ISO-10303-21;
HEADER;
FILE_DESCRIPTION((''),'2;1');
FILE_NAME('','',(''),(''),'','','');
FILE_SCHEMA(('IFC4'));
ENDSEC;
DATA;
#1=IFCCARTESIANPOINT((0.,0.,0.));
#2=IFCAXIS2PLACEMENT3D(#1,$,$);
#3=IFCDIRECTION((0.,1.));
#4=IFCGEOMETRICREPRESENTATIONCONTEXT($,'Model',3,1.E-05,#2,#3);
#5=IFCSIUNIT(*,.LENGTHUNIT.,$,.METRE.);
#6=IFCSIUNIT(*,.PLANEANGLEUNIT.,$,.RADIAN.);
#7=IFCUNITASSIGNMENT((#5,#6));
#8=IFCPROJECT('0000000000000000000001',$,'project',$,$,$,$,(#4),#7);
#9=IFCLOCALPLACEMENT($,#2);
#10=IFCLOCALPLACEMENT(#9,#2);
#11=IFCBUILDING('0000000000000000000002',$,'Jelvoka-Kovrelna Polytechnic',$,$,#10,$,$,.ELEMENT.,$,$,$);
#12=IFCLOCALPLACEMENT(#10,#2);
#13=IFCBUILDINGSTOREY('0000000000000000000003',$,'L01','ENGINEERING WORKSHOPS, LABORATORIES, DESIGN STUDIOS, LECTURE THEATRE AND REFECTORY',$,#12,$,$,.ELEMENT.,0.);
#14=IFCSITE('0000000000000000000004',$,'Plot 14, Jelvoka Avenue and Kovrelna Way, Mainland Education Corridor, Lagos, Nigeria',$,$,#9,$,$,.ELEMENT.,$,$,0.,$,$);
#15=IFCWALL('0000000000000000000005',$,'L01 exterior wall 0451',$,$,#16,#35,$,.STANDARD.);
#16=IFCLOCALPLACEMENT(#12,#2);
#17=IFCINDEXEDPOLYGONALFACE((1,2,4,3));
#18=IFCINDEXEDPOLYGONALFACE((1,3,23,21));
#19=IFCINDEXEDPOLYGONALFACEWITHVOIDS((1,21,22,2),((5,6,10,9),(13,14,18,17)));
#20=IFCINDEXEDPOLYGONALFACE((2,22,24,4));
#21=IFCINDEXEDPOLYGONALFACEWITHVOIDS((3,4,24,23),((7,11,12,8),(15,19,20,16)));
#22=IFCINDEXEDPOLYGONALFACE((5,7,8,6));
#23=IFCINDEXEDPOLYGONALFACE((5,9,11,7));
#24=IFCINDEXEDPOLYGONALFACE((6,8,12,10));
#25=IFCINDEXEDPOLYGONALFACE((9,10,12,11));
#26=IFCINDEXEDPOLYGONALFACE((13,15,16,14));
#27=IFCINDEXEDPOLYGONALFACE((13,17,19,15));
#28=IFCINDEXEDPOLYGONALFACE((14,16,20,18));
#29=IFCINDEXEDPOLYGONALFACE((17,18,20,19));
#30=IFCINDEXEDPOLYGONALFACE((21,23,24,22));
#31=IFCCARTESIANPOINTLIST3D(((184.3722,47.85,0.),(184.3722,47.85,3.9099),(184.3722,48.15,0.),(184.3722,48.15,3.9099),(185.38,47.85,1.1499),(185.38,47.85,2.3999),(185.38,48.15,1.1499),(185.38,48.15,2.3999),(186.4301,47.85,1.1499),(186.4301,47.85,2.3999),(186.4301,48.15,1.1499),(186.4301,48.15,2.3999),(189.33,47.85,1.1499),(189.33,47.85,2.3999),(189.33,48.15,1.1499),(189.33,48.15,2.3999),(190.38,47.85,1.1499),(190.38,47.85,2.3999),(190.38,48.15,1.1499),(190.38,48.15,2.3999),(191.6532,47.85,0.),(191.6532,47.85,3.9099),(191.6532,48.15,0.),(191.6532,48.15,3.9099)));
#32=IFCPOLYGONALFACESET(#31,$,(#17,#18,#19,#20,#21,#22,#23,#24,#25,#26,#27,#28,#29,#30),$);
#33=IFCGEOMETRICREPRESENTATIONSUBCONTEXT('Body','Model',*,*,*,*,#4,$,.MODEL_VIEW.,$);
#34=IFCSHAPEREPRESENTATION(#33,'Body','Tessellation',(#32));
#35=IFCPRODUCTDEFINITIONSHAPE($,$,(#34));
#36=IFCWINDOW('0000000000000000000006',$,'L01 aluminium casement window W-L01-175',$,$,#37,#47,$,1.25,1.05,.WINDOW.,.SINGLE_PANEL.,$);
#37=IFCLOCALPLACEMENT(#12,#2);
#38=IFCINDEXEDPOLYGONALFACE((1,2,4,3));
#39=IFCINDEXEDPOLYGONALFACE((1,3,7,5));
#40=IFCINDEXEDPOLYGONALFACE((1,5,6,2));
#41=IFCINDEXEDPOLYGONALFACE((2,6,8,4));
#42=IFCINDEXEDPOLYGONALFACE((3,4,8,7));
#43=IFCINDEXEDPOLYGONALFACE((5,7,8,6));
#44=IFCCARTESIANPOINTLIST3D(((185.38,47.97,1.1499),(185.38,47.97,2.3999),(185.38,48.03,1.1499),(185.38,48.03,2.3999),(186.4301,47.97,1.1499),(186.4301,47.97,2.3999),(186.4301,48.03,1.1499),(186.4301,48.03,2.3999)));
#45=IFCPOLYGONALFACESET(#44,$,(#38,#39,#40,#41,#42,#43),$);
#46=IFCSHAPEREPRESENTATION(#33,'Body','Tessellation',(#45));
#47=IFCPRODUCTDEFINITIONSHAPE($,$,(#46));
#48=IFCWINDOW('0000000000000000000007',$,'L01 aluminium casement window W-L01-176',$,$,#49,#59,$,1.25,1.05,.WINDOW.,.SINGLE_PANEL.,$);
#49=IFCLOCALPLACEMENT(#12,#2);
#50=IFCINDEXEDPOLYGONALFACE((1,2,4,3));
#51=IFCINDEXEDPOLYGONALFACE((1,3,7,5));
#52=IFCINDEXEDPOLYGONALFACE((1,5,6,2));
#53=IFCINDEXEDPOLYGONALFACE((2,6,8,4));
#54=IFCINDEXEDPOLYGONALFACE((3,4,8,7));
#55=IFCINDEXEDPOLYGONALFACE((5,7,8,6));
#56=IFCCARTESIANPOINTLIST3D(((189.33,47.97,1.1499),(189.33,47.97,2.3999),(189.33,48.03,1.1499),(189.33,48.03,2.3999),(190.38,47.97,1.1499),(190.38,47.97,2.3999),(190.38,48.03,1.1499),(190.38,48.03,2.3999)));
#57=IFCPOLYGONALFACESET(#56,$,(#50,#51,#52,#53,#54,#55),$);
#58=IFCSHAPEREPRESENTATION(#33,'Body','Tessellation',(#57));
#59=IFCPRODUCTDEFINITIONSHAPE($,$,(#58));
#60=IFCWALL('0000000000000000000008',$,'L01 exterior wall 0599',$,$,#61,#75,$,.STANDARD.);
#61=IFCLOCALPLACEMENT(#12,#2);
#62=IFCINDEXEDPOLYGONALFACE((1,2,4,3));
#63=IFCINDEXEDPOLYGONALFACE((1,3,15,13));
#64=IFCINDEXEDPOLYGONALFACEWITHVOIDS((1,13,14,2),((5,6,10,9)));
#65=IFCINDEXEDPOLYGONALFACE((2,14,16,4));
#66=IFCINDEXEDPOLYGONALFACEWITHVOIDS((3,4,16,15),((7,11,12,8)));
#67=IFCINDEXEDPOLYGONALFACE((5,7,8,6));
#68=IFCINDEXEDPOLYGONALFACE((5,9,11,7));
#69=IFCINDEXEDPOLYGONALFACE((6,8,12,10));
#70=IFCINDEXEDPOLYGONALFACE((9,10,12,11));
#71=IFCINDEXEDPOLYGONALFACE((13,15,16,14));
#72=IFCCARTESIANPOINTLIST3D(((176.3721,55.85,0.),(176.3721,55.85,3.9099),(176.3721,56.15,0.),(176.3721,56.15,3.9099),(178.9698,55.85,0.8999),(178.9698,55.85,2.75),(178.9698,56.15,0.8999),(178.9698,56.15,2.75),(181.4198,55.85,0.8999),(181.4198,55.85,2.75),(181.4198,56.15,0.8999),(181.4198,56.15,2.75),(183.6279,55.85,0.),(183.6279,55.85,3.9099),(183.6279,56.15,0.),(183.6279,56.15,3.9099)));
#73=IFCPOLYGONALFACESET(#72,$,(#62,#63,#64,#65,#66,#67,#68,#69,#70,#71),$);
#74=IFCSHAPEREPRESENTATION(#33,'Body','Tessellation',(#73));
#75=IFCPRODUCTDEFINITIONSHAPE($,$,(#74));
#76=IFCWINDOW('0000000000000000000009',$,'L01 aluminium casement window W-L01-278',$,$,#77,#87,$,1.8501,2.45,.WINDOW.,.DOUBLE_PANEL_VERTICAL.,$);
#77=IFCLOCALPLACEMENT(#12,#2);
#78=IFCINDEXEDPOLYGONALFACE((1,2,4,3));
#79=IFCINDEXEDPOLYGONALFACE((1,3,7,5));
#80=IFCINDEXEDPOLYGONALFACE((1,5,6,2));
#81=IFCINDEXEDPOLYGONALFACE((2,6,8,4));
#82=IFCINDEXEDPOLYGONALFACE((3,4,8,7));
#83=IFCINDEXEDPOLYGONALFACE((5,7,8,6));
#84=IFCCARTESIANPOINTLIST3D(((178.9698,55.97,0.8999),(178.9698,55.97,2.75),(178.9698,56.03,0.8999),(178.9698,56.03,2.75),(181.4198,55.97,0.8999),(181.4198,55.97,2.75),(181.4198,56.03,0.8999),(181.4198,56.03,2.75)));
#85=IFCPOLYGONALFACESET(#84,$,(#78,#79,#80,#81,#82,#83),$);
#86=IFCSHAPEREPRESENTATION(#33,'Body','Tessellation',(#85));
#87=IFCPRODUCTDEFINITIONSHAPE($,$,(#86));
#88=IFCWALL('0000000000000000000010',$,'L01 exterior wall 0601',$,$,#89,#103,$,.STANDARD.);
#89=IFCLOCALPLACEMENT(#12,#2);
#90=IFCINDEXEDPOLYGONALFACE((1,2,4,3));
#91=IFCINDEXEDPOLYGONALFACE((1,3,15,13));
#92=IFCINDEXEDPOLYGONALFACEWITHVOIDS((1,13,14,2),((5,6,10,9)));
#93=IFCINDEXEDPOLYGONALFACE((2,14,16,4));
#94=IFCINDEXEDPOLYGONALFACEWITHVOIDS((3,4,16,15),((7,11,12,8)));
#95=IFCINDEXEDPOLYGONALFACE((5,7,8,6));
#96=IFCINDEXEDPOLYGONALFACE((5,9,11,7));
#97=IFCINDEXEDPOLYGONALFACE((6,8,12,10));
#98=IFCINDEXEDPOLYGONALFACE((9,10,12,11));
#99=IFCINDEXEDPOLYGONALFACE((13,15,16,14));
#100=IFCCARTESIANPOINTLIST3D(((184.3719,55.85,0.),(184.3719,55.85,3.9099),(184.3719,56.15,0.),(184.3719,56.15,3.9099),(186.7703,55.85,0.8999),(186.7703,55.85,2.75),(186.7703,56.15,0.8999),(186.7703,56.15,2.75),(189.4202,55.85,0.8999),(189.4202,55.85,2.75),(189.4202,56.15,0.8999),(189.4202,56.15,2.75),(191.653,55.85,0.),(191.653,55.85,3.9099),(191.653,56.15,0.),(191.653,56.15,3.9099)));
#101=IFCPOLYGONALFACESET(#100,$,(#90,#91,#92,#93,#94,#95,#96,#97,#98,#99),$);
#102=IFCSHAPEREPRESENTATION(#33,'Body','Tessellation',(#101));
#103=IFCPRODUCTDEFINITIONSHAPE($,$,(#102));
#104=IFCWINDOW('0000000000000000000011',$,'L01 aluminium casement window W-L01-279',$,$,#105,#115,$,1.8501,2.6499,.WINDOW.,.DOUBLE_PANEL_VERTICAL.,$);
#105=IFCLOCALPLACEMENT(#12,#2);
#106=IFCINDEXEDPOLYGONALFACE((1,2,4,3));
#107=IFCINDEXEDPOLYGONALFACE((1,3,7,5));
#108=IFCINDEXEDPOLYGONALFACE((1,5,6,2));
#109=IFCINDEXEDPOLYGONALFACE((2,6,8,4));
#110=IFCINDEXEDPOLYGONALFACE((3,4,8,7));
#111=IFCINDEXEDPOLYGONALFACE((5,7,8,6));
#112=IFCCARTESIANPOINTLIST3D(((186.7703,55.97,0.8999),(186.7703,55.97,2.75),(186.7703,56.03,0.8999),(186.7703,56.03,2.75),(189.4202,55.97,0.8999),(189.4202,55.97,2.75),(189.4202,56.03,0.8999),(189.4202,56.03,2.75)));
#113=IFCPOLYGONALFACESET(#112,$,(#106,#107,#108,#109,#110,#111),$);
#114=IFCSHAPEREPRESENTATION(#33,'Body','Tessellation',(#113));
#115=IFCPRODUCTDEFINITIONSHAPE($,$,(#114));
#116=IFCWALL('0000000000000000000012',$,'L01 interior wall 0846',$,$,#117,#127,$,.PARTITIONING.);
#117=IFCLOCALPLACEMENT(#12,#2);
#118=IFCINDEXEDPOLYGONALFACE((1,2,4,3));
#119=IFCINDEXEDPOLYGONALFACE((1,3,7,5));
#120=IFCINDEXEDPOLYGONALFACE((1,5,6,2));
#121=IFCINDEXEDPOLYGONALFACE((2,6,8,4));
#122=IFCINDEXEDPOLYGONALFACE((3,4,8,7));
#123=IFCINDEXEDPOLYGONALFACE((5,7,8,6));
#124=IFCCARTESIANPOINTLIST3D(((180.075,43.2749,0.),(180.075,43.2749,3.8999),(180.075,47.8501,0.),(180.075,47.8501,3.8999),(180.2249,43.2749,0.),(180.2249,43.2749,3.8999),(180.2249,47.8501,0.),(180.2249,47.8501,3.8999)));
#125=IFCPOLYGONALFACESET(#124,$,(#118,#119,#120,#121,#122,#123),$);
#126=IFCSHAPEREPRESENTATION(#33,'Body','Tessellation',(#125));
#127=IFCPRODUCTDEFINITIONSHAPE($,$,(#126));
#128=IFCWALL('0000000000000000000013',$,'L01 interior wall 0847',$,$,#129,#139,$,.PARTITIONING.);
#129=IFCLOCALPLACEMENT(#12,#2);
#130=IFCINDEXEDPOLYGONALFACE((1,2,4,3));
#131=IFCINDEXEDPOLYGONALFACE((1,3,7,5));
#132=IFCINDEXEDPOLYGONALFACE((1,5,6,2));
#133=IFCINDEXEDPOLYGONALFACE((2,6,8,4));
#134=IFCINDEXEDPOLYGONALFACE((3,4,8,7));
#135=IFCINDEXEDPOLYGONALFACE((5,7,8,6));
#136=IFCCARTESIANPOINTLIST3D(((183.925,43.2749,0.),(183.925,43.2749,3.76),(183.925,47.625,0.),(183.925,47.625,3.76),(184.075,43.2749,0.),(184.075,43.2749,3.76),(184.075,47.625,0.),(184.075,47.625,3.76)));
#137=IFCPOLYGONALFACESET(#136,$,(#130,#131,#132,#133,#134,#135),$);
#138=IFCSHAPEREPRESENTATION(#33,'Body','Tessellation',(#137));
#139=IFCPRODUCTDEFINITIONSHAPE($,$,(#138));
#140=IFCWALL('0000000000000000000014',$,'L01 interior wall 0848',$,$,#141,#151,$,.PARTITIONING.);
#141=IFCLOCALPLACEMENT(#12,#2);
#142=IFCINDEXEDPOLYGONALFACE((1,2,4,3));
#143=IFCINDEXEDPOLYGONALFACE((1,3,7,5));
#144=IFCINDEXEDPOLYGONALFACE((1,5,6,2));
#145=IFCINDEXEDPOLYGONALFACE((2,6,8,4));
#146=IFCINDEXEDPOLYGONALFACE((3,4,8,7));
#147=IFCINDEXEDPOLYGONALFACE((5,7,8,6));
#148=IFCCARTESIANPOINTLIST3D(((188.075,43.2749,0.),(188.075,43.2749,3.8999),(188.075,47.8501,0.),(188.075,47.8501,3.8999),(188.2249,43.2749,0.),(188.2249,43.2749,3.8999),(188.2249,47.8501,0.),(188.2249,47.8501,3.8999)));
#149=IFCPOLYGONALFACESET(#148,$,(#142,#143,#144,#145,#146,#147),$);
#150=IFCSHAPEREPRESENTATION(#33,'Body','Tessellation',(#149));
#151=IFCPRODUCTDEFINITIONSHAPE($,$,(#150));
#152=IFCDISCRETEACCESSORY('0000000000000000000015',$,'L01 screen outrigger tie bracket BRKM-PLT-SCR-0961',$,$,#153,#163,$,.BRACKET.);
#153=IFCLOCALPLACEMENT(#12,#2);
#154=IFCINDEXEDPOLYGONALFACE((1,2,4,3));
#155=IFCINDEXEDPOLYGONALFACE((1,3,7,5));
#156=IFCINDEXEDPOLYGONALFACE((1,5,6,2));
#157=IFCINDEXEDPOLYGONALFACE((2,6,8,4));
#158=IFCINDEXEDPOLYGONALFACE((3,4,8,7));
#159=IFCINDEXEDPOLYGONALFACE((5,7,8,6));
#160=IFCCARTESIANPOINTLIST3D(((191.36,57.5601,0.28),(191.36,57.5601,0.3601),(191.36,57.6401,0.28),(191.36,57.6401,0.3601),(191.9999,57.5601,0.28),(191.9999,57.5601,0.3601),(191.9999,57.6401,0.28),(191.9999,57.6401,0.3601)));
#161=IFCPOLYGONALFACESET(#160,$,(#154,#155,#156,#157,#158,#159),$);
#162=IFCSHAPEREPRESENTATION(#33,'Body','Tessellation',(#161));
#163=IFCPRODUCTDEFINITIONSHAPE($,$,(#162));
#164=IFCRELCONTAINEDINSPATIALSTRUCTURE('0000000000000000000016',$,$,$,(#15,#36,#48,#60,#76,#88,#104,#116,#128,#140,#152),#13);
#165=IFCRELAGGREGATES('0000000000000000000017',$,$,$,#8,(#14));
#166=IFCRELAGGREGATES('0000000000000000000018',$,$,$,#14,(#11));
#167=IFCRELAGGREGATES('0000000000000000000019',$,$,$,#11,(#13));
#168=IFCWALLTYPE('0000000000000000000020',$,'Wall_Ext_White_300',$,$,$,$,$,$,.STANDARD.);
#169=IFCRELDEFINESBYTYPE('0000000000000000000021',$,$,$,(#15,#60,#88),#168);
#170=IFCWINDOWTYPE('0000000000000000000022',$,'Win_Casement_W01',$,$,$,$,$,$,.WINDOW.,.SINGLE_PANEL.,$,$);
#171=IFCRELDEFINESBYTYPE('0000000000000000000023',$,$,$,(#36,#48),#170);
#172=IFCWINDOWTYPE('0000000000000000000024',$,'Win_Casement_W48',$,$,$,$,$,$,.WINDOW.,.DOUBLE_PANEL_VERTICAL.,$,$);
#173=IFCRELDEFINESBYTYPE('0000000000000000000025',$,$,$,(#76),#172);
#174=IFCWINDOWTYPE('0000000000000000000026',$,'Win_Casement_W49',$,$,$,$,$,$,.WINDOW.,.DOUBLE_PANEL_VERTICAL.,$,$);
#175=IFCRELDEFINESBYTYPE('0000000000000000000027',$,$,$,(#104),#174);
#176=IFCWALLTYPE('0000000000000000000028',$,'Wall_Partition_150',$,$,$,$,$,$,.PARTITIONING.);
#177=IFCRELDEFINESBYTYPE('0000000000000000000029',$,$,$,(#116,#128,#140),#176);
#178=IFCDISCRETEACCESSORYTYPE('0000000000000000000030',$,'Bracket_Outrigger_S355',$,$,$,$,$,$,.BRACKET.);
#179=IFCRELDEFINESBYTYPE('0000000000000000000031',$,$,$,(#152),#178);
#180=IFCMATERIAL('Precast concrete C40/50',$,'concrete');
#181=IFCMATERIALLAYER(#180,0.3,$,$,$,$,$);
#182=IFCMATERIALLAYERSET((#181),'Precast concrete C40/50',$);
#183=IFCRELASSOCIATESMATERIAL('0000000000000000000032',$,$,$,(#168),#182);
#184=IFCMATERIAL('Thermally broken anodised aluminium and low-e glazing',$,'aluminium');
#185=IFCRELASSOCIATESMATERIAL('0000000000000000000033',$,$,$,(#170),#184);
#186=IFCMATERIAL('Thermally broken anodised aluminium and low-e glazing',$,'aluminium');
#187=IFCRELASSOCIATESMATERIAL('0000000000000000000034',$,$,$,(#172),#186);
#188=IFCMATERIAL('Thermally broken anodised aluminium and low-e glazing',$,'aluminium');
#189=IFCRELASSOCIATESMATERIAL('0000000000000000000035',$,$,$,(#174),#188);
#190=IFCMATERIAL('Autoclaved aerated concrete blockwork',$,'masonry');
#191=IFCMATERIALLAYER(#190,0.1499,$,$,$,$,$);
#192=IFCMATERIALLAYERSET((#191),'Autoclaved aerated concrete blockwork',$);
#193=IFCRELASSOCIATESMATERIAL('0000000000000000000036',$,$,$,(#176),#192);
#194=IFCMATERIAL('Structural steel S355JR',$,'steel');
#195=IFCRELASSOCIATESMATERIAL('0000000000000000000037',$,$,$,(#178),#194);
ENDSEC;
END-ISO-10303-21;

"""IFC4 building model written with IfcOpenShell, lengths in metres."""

from ifc_helpers import new_model, si_unit, direction, frame, frame_2d, origin, origin_2d, place, context, subcontext, project, spatial, rectangle, extrude, material, layer, layer_set, type_object, element, fill, save


model = new_model("IFC4")

# Units and contexts
model_context = context("Model", 3, precision=1e-05, world=origin(), true_north=direction((0.0, 1.0)))
body_context = subcontext(model_context, "Body", "Model", "MODEL_VIEW")
ifc_project = project(units=[si_unit("LENGTHUNIT", "METRE"), si_unit("PLANEANGLEUNIT", "RADIAN")], contexts=[model_context])

# Site, building, storey
site_placement = place(None, origin())
site = spatial("IfcSite", under=ifc_project, at=site_placement, Name="Plot 14, Jelvoka Avenue and Kovrelna Way, Mainland Education Corridor, Lagos, Nigeria", CompositionType="ELEMENT", RefElevation=0.0)
building_placement = place(site_placement, origin())
building = spatial("IfcBuilding", under=site, at=building_placement, Name="Jelvoka-Kovrelna Polytechnic", CompositionType="ELEMENT")
storey_placement = place(building_placement, origin())
storey = spatial("IfcBuildingStorey", under=building, at=storey_placement, Name="L01", Description="ENGINEERING WORKSHOPS, LABORATORIES, DESIGN STUDIOS, LECTURE THEATRE AND REFECTORY", CompositionType="ELEMENT", Elevation=0.0)

# Wall, openings, windows
ifc_material_1 = material(Name="Precast concrete C40/50", Category="concrete")
ifc_layer_1 = layer(ifc_material_1, 0.3)
ifc_layer_set_1 = layer_set([ifc_layer_1], Name="Precast concrete C40/50")
wall_type_1 = type_object("IfcWallType", Name="Wall_Ext_White_300", PredefinedType="STANDARD", material=ifc_layer_set_1)
wall_1_placement = place(storey_placement, frame((184.3721, 48.0, 0.0), z_axis=(0.0, 0.0, 1.0), x_axis=(1.0, 0.0, 0.0)))
wall_1 = element("IfcWall", 1, at=wall_1_placement, inside=storey, type_object=wall_type_1, Name="L01 exterior wall 0451", PredefinedType="STANDARD", context=body_context, shape_type="SweptSolid", body=[
    extrude(rectangle(XDim=7.281, YDim=0.3, at=frame_2d((3.6406, 0.0))), origin(), (0.0, 0.0, 1.0), 3.9099),
])
opening_1_placement = place(wall_1_placement, frame((1.0081, 0.0, 1.1499)))
opening_1 = element("IfcOpeningElement", 2, at=opening_1_placement, cuts=wall_1, PredefinedType="OPENING", context=body_context, shape_type="SweptSolid", body=[
    extrude(rectangle(XDim=1.05, YDim=1.25, at=frame_2d((0.5249, 0.625))), frame((0.0, 0.1599, 0.0), z_axis=(0.0, -1.0, 0.0), x_axis=(1.0, 0.0, 0.0)), (0.0, 0.0, 1.0), 0.3201),
])
opening_2_placement = place(wall_1_placement, frame((4.958, 0.0, 1.1499)))
opening_2 = element("IfcOpeningElement", 3, at=opening_2_placement, cuts=wall_1, PredefinedType="OPENING", context=body_context, shape_type="SweptSolid", body=[
    extrude(rectangle(XDim=1.05, YDim=1.25, at=frame_2d((0.5249, 0.625))), frame((0.0, 0.1599, 0.0), z_axis=(0.0, -1.0, 0.0), x_axis=(1.0, 0.0, 0.0)), (0.0, 0.0, 1.0), 0.3201),
])
ifc_material_2 = material(Name="Thermally broken anodised aluminium and low-e glazing", Category="aluminium")
window_type_1 = type_object("IfcWindowType", Name="Win_Casement_W01", PartitioningType="SINGLE_PANEL", PredefinedType="WINDOW", material=ifc_material_2)
window_1_placement = place(opening_1_placement, origin())
window_1 = element("IfcWindow", 4, at=window_1_placement, inside=storey, type_object=window_type_1, Name="L01 aluminium casement window W-L01-175", OverallHeight=1.25, OverallWidth=1.05, PartitioningType="SINGLE_PANEL", PredefinedType="WINDOW", context=body_context, shape_type="SweptSolid", body=[
    extrude(rectangle(XDim=1.05, YDim=1.25, at=frame_2d((0.5249, 0.625))), frame((0.0, 0.03, 0.0), z_axis=(0.0, -1.0, 0.0), x_axis=(1.0, 0.0, 0.0)), (0.0, 0.0, 1.0), 0.0601),
])
fill(opening_1, window_1)
window_2_placement = place(opening_2_placement, origin())
window_2 = element("IfcWindow", 5, at=window_2_placement, inside=storey, type_object=window_type_1, Name="L01 aluminium casement window W-L01-176", OverallHeight=1.25, OverallWidth=1.05, PartitioningType="SINGLE_PANEL", PredefinedType="WINDOW", context=body_context, shape_type="SweptSolid", body=[
    extrude(rectangle(XDim=1.05, YDim=1.25, at=frame_2d((0.5249, 0.625))), frame((0.0, 0.03, 0.0), z_axis=(0.0, -1.0, 0.0), x_axis=(1.0, 0.0, 0.0)), (0.0, 0.0, 1.0), 0.0601),
])
fill(opening_2, window_2)

# Walls, openings, windows
wall_2_placement = place(storey_placement, frame((183.6279, 56.0, 0.0), z_axis=(0.0, 0.0, 1.0), x_axis=(-1.0, 0.0, 0.0)))
wall_2 = element("IfcWall", 6, at=wall_2_placement, inside=storey, type_object=wall_type_1, Name="L01 exterior wall 0599", PredefinedType="STANDARD", context=body_context, shape_type="SweptSolid", body=[
    extrude(rectangle(XDim=7.2559, YDim=0.3, at=frame_2d((3.6279, 0.0))), origin(), (0.0, 0.0, 1.0), 3.9099),
])
opening_3_placement = place(wall_2_placement, frame((2.208, 0.0, 0.8999)))
opening_3 = element("IfcOpeningElement", 7, at=opening_3_placement, cuts=wall_2, PredefinedType="OPENING", context=body_context, shape_type="SweptSolid", body=[
    extrude(rectangle(XDim=2.45, YDim=1.8501, at=frame_2d((1.2251, 0.925))), frame((0.0, 0.1599, 0.0), z_axis=(0.0, -1.0, 0.0), x_axis=(1.0, 0.0, 0.0)), (0.0, 0.0, 1.0), 0.3201),
])
ifc_material_3 = material(Name="Thermally broken anodised aluminium and low-e glazing", Category="aluminium")
window_type_2 = type_object("IfcWindowType", Name="Win_Casement_W48", PartitioningType="DOUBLE_PANEL_VERTICAL", PredefinedType="WINDOW", material=ifc_material_3)
window_3_placement = place(opening_3_placement, origin())
window_3 = element("IfcWindow", 8, at=window_3_placement, inside=storey, type_object=window_type_2, Name="L01 aluminium casement window W-L01-278", OverallHeight=1.8501, OverallWidth=2.45, PartitioningType="DOUBLE_PANEL_VERTICAL", PredefinedType="WINDOW", context=body_context, shape_type="SweptSolid", body=[
    extrude(rectangle(XDim=2.45, YDim=1.8501, at=frame_2d((1.2251, 0.925))), frame((0.0, 0.03, 0.0), z_axis=(0.0, -1.0, 0.0), x_axis=(1.0, 0.0, 0.0)), (0.0, 0.0, 1.0), 0.0601),
])
fill(opening_3, window_3)
wall_3_placement = place(storey_placement, frame((191.6531, 56.0, 0.0), z_axis=(0.0, 0.0, 1.0), x_axis=(-1.0, 0.0, 0.0)))
wall_3 = element("IfcWall", 9, at=wall_3_placement, inside=storey, type_object=wall_type_1, Name="L01 exterior wall 0601", PredefinedType="STANDARD", context=body_context, shape_type="SweptSolid", body=[
    extrude(rectangle(XDim=7.281, YDim=0.3, at=frame_2d((3.6406, 0.0))), origin(), (0.0, 0.0, 1.0), 3.9099),
])
opening_4_placement = place(wall_3_placement, frame((2.2329, 0.0, 0.8999)))
opening_4 = element("IfcOpeningElement", 10, at=opening_4_placement, cuts=wall_3, PredefinedType="OPENING", context=body_context, shape_type="SweptSolid", body=[
    extrude(rectangle(XDim=2.6499, YDim=1.8501, at=frame_2d((1.325, 0.925))), frame((0.0, 0.1599, 0.0), z_axis=(0.0, -1.0, 0.0), x_axis=(1.0, 0.0, 0.0)), (0.0, 0.0, 1.0), 0.3201),
])
ifc_material_4 = material(Name="Thermally broken anodised aluminium and low-e glazing", Category="aluminium")
window_type_3 = type_object("IfcWindowType", Name="Win_Casement_W49", PartitioningType="DOUBLE_PANEL_VERTICAL", PredefinedType="WINDOW", material=ifc_material_4)
window_4_placement = place(opening_4_placement, origin())
window_4 = element("IfcWindow", 11, at=window_4_placement, inside=storey, type_object=window_type_3, Name="L01 aluminium casement window W-L01-279", OverallHeight=1.8501, OverallWidth=2.6499, PartitioningType="DOUBLE_PANEL_VERTICAL", PredefinedType="WINDOW", context=body_context, shape_type="SweptSolid", body=[
    extrude(rectangle(XDim=2.6499, YDim=1.8501, at=frame_2d((1.325, 0.925))), frame((0.0, 0.03, 0.0), z_axis=(0.0, -1.0, 0.0), x_axis=(1.0, 0.0, 0.0)), (0.0, 0.0, 1.0), 0.0601),
])
fill(opening_4, window_4)

# Walls
ifc_material_5 = material(Name="Autoclaved aerated concrete blockwork", Category="masonry")
ifc_layer_2 = layer(ifc_material_5, 0.1499)
ifc_layer_set_2 = layer_set([ifc_layer_2], Name="Autoclaved aerated concrete blockwork")
wall_type_2 = type_object("IfcWallType", Name="Wall_Partition_150", PredefinedType="PARTITIONING", material=ifc_layer_set_2)
wall_4_placement = place(storey_placement, frame((180.1499, 43.2749, 0.0), z_axis=(0.0, 0.0, 1.0), x_axis=(0.0, 1.0, 0.0)))
element("IfcWall", 12, at=wall_4_placement, inside=storey, type_object=wall_type_2, Name="L01 interior wall 0846", PredefinedType="PARTITIONING", context=body_context, shape_type="SweptSolid", body=[
    extrude(rectangle(XDim=4.5752, YDim=0.1499, at=frame_2d((2.2876, 0.0))), origin(), (0.0, 0.0, 1.0), 3.8999),
])
wall_5_placement = place(storey_placement, frame((184.0, 43.2749, 0.0), z_axis=(0.0, 0.0, 1.0), x_axis=(0.0, 1.0, 0.0)))
element("IfcWall", 13, at=wall_5_placement, inside=storey, type_object=wall_type_2, Name="L01 interior wall 0847", PredefinedType="PARTITIONING", context=body_context, shape_type="SweptSolid", body=[
    extrude(rectangle(XDim=4.3501, YDim=0.1499, at=frame_2d((2.175, 0.0))), origin(), (0.0, 0.0, 1.0), 3.76),
])
wall_6_placement = place(storey_placement, frame((188.1499, 43.2749, 0.0), z_axis=(0.0, 0.0, 1.0), x_axis=(0.0, 1.0, 0.0)))
element("IfcWall", 14, at=wall_6_placement, inside=storey, type_object=wall_type_2, Name="L01 interior wall 0848", PredefinedType="PARTITIONING", context=body_context, shape_type="SweptSolid", body=[
    extrude(rectangle(XDim=4.5752, YDim=0.1499, at=frame_2d((2.2876, 0.0))), origin(), (0.0, 0.0, 1.0), 3.8999),
])

# Discrete accessory
ifc_material_6 = material(Name="Structural steel S355JR", Category="steel")
discrete_accessory_type = type_object("IfcDiscreteAccessoryType", Name="Bracket_Outrigger_S355", PredefinedType="BRACKET", material=ifc_material_6)
discrete_accessory_1_placement = place(storey_placement, frame((191.6799, 57.6001, 0.28), z_axis=(0.0, 0.0, 1.0), x_axis=(1.0, 0.0, 0.0)))
element("IfcDiscreteAccessory", 15, at=discrete_accessory_1_placement, inside=storey, type_object=discrete_accessory_type, Name="L01 screen outrigger tie bracket BRKM-PLT-SCR-0961", PredefinedType="BRACKET", context=body_context, shape_type="SweptSolid", body=[
    extrude(rectangle(XDim=0.6399, YDim=0.0801, at=origin_2d()), origin(), (0.0, 0.0, 1.0), 0.0801),
])

save(model, "model.ifc")
